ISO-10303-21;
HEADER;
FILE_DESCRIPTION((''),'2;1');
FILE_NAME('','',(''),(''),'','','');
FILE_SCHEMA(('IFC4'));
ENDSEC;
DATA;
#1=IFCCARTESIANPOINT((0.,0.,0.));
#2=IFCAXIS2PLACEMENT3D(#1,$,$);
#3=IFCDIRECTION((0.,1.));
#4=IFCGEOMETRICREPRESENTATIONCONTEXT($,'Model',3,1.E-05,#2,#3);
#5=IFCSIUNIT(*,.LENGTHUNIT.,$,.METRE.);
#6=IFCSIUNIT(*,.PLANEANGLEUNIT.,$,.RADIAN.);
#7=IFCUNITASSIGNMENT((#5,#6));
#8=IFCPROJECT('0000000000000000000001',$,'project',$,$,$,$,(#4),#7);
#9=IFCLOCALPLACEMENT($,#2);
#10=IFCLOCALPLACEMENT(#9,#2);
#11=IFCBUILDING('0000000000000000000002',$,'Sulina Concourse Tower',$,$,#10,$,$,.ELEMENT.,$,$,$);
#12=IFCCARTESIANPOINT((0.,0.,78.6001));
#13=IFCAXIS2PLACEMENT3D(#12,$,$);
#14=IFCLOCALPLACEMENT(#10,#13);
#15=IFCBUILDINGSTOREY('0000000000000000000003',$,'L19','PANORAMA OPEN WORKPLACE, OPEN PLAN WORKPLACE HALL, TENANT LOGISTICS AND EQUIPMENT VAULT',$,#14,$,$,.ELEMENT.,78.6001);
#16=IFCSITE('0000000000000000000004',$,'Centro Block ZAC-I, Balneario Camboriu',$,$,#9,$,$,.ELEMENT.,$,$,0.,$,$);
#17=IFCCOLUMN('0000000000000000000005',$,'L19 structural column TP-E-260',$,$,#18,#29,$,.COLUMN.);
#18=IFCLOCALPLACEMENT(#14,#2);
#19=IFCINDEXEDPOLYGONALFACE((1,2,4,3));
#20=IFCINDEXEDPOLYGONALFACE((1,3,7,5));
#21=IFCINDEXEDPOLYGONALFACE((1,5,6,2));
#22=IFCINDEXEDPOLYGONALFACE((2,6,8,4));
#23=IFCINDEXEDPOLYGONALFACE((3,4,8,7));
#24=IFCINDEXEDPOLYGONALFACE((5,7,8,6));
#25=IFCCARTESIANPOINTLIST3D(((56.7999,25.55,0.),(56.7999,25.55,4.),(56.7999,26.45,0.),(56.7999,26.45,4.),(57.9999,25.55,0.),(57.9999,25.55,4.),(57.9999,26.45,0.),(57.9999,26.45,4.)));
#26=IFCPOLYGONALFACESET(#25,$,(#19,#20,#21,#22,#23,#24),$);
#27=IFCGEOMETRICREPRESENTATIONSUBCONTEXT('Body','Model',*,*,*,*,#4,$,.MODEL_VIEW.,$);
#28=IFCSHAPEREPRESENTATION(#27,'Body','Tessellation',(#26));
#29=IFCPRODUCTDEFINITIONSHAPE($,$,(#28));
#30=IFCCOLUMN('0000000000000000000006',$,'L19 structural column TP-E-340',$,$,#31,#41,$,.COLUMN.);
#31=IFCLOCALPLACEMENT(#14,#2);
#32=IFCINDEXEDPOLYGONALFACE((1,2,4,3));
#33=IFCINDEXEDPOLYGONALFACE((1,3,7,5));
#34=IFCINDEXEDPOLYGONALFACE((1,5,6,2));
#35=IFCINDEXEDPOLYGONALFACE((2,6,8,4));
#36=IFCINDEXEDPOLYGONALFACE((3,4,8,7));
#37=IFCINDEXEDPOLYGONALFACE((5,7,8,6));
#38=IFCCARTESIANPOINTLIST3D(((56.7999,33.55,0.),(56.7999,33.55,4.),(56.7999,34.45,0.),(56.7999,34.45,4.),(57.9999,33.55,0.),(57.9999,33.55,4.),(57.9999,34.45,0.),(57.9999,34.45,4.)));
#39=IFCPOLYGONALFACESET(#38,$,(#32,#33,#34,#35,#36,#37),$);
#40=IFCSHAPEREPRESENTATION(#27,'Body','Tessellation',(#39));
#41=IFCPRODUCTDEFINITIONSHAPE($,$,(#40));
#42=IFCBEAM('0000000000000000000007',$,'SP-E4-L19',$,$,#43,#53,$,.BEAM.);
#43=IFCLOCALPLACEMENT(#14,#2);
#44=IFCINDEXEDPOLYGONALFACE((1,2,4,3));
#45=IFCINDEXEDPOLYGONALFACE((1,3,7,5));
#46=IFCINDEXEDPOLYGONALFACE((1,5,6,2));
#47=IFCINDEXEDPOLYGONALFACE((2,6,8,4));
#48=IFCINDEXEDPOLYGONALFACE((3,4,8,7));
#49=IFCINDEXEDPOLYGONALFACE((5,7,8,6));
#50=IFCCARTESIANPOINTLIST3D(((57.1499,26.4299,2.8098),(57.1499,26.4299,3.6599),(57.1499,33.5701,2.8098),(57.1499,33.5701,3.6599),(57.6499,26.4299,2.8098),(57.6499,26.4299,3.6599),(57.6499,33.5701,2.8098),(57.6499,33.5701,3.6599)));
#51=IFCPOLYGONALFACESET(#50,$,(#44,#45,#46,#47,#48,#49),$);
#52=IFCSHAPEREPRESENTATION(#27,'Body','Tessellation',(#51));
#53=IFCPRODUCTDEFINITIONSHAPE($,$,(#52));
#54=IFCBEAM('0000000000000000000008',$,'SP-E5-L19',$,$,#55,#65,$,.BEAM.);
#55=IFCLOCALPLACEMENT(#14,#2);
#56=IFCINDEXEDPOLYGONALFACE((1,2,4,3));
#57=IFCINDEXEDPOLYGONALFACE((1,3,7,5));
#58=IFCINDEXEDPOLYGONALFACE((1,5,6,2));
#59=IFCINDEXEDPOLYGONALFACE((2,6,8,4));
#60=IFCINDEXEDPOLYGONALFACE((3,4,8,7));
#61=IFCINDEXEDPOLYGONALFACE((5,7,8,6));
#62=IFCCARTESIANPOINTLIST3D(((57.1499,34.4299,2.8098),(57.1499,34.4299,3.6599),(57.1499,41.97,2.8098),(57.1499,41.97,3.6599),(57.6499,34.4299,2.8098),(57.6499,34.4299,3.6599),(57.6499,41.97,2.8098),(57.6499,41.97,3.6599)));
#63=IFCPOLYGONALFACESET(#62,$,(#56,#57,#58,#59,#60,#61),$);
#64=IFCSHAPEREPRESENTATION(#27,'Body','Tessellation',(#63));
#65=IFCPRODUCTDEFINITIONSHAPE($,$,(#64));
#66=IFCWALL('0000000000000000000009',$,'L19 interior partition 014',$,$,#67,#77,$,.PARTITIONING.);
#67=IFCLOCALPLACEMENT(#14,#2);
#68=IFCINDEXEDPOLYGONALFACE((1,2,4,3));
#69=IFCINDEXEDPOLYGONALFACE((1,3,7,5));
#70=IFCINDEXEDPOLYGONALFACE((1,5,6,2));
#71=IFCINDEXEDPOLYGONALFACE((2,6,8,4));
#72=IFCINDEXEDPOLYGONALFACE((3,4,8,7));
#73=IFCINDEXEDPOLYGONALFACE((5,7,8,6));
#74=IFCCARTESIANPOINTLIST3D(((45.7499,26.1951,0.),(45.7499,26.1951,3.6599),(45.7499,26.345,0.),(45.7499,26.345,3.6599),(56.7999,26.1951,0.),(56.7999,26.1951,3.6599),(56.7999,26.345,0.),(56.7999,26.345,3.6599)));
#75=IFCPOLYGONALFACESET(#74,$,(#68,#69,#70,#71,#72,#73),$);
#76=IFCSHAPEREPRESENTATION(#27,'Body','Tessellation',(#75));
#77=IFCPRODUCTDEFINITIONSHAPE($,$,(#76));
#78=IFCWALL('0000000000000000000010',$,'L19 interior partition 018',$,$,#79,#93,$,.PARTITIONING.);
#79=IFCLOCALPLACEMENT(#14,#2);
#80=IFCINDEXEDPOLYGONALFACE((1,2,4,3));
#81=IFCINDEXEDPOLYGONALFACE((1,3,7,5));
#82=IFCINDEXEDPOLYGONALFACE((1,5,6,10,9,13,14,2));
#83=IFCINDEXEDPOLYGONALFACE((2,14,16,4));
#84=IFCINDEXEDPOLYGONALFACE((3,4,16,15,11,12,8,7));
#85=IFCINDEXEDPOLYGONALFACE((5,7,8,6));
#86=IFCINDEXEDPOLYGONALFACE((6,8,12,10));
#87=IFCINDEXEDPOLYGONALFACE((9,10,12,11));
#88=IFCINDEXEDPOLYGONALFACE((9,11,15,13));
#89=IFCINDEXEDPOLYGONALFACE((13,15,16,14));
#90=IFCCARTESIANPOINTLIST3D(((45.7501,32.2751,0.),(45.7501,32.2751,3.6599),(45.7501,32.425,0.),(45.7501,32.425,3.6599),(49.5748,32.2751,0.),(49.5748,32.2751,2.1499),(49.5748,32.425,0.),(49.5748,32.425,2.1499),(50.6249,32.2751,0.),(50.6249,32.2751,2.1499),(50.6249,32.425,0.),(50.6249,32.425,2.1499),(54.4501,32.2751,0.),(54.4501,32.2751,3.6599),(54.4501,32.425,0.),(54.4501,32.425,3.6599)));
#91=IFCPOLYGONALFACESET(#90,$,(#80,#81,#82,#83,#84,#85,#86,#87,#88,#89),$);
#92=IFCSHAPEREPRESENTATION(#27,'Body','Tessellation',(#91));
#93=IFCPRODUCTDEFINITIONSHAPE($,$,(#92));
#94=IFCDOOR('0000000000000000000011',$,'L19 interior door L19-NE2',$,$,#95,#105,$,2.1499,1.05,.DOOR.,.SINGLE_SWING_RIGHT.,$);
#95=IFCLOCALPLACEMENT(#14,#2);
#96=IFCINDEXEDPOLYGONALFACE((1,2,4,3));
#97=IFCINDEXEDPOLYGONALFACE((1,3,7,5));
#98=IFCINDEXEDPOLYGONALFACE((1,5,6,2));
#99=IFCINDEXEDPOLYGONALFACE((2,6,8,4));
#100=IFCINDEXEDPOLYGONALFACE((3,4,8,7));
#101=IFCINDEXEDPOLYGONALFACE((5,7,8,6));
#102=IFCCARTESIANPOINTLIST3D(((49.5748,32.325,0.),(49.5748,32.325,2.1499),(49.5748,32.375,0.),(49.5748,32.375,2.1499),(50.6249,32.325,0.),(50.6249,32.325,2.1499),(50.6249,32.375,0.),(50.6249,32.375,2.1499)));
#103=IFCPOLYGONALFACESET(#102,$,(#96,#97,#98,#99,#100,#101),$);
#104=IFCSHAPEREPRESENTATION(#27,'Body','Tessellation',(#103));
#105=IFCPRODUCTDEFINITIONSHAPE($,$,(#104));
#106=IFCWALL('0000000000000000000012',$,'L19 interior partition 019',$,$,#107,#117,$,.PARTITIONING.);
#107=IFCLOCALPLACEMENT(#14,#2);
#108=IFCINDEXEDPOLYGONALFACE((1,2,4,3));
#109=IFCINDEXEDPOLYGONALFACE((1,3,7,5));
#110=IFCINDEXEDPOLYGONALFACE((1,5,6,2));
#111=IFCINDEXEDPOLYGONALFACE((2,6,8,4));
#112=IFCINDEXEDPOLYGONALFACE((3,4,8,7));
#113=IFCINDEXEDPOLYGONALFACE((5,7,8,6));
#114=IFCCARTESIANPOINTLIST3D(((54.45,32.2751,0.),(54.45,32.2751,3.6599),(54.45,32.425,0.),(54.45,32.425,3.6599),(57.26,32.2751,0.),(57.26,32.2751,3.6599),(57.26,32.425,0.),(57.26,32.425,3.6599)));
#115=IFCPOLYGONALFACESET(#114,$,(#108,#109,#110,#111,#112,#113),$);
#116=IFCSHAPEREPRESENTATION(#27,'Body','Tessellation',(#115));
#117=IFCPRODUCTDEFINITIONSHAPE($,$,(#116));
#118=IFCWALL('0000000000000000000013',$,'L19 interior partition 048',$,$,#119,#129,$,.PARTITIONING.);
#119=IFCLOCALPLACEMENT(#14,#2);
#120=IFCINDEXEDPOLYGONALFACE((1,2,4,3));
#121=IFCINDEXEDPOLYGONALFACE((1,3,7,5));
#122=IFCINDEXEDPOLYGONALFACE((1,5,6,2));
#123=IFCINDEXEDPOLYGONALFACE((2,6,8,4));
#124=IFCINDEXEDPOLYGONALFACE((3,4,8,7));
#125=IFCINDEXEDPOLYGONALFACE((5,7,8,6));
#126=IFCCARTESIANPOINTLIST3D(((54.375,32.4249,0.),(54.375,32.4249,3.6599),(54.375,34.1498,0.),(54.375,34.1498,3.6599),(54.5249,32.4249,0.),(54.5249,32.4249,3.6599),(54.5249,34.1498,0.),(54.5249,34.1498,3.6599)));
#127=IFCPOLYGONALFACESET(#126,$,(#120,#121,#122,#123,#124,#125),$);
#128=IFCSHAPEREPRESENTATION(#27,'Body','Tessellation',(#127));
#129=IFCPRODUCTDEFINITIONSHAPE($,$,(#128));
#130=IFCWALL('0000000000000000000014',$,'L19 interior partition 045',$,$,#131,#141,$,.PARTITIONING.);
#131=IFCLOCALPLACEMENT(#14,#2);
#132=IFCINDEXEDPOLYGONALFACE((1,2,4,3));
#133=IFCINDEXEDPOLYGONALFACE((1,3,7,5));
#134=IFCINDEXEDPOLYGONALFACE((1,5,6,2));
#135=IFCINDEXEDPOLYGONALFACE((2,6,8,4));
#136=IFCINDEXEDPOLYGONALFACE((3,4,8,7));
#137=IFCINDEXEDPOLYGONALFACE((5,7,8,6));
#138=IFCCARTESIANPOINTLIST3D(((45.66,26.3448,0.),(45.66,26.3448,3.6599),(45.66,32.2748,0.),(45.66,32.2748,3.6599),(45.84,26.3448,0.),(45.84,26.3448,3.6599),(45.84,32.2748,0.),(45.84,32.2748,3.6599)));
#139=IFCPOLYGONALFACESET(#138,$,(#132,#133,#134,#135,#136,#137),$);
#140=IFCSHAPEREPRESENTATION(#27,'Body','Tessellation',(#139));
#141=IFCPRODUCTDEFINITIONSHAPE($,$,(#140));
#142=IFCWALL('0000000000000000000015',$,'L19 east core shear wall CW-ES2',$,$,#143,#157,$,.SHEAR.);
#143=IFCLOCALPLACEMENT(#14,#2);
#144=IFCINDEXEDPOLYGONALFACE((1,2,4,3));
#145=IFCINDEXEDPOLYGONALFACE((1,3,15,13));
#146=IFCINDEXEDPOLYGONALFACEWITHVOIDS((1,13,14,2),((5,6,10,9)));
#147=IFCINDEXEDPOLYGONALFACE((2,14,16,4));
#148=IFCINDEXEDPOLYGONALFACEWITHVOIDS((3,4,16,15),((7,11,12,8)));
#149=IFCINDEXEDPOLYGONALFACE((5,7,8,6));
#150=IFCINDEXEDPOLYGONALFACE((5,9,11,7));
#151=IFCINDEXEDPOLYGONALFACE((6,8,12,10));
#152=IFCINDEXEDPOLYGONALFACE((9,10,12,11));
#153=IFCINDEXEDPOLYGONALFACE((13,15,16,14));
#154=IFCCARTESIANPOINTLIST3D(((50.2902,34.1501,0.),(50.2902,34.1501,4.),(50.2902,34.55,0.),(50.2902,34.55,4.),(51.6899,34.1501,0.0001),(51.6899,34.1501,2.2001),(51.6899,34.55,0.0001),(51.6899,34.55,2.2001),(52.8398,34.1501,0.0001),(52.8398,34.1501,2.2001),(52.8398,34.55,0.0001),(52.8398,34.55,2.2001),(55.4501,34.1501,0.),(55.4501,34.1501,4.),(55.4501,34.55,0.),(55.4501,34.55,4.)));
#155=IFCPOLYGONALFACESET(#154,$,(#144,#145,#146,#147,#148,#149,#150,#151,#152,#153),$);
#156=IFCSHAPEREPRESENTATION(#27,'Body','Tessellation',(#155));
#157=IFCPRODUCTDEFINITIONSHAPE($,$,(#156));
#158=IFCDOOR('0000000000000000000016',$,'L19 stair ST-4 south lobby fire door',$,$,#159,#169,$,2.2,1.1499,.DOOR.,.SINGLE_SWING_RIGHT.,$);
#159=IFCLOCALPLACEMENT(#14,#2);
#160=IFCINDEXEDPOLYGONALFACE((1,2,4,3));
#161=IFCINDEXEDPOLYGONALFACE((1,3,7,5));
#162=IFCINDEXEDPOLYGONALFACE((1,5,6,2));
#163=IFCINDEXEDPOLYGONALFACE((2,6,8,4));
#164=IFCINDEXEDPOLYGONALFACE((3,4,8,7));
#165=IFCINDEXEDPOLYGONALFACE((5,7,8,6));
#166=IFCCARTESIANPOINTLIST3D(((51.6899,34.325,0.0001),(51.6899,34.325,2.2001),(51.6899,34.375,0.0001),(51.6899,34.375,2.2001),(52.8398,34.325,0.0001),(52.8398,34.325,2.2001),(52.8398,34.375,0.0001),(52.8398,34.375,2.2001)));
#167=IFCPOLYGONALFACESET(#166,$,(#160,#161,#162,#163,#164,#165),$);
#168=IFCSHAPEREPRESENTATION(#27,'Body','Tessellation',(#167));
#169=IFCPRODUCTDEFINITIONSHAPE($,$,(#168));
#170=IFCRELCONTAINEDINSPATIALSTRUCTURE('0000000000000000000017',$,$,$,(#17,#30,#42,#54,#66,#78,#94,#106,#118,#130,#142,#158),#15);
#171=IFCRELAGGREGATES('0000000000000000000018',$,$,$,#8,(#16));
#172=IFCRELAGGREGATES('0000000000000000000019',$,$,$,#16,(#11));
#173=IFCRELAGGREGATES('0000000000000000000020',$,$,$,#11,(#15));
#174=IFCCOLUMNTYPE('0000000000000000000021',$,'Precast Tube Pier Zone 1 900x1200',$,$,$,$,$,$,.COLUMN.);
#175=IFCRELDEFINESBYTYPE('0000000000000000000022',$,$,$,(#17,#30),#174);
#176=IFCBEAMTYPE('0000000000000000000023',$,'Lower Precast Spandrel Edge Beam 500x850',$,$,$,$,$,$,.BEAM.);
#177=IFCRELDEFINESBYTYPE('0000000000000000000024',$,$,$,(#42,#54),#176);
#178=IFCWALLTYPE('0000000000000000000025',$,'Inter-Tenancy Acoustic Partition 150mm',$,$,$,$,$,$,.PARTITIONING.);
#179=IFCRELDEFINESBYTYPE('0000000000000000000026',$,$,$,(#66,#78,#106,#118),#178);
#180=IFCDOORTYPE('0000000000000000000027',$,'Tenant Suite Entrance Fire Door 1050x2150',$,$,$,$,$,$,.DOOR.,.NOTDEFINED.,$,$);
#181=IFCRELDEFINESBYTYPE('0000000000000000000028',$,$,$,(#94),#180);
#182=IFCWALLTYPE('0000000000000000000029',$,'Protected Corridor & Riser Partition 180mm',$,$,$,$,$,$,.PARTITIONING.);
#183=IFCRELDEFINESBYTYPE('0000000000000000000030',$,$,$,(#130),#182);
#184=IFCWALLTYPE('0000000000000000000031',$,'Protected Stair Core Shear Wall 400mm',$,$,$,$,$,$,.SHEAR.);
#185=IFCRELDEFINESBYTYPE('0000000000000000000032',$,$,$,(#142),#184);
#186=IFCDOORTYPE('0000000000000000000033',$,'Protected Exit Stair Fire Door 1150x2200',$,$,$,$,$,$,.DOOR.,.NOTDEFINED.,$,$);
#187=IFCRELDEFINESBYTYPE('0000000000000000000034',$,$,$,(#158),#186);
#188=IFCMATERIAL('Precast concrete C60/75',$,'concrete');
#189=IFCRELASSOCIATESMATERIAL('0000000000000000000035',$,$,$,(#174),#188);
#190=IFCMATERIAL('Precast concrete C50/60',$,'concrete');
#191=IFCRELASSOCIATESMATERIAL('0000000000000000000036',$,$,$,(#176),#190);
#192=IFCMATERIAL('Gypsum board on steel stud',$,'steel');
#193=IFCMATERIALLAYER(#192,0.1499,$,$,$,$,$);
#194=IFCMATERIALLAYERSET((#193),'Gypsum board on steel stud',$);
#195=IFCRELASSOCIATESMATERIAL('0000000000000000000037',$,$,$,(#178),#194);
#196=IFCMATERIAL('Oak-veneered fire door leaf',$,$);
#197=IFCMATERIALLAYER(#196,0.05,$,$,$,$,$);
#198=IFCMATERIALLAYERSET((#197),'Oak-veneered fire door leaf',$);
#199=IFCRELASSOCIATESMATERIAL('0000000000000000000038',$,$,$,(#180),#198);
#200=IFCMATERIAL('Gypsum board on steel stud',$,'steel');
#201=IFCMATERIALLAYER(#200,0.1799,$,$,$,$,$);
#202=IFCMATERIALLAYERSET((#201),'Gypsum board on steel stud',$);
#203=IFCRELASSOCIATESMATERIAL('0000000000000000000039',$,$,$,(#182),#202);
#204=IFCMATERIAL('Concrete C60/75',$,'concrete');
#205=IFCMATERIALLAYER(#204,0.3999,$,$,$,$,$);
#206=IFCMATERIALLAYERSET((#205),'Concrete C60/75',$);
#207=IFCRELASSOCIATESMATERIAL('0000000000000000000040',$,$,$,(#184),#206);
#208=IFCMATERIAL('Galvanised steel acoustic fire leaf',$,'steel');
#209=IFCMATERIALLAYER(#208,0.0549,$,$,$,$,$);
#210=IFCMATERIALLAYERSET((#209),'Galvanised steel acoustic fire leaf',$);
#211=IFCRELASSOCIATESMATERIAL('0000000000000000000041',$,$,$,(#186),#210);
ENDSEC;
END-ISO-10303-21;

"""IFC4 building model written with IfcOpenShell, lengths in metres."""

from ifc_helpers import new_model, si_unit, direction, frame, frame_2d, origin, origin_2d, place, context, subcontext, project, spatial, rectangle, extrude, material, layer, layer_set, material_profile, profile_set, type_object, element, fill, save


model = new_model("IFC4")

# Units and contexts
model_context = context("Model", 3, precision=1e-05, world=origin(), true_north=direction((0.0, 1.0)))
body_context = subcontext(model_context, "Body", "Model", "MODEL_VIEW")
ifc_project = project(units=[si_unit("LENGTHUNIT", "METRE"), si_unit("PLANEANGLEUNIT", "RADIAN")], contexts=[model_context])

# Site, building, storey
site_placement = place(None, origin())
site = spatial("IfcSite", under=ifc_project, at=site_placement, Name="Centro Block ZAC-I, Balneario Camboriu", CompositionType="ELEMENT", RefElevation=0.0)
building_placement = place(site_placement, origin())
building = spatial("IfcBuilding", under=site, at=building_placement, Name="Sulina Concourse Tower", CompositionType="ELEMENT")
storey_placement = place(building_placement, frame((0.0, 0.0, 78.6001)))
storey = spatial("IfcBuildingStorey", under=building, at=storey_placement, Name="L19", Description="PANORAMA OPEN WORKPLACE, OPEN PLAN WORKPLACE HALL, TENANT LOGISTICS AND EQUIPMENT VAULT", CompositionType="ELEMENT", Elevation=78.6001)

# Columns
ifc_material_1 = material(Name="Precast concrete C60/75", Category="concrete")
ifc_material_profile_1 = material_profile(ifc_material_1, rectangle(XDim=0.8999, YDim=1.2, at=origin_2d()), Name="PC 900x1200")
ifc_profile_set_1 = profile_set([ifc_material_profile_1], Name="Precast concrete C60/75")
column_type = type_object("IfcColumnType", Name="Precast Tube Pier Zone 1 900x1200", PredefinedType="COLUMN", material=ifc_profile_set_1)
for number, where, z_axis, x_axis, name in (
    (1, (57.3999, 26.0, 0.0), (0.0, 0.0, 1.0), (0.0, 1.0, 0.0), "L19 structural column TP-E-260"),
    (2, (57.3999, 34.0, 0.0), (0.0, 0.0, 1.0), (0.0, 1.0, 0.0), "L19 structural column TP-E-340"),
):
    element("IfcColumn", number, at=place(storey_placement, frame(where, z_axis=z_axis, x_axis=x_axis)), inside=storey, type_object=column_type, Name=name, PredefinedType="COLUMN", context=body_context, shape_type="SweptSolid", body=[
        extrude(rectangle(XDim=0.8999, YDim=1.2, at=origin_2d()), origin(), (0.0, 0.0, 1.0), 4.0),
    ])

# Beams
ifc_material_2 = material(Name="Precast concrete C50/60", Category="concrete")
ifc_material_profile_2 = material_profile(ifc_material_2, rectangle(XDim=0.5, YDim=0.8501, at=origin_2d()), Name="RC 500x850")
ifc_profile_set_2 = profile_set([ifc_material_profile_2], Name="Precast concrete C50/60")
beam_type = type_object("IfcBeamType", Name="Lower Precast Spandrel Edge Beam 500x850", PredefinedType="BEAM", material=ifc_profile_set_2)
beam_1_placement = place(storey_placement, frame((57.3999, 26.4299, 3.2349), z_axis=(0.0, 1.0, 0.0), x_axis=(-1.0, 0.0, 0.0)))
element("IfcBeam", 3, at=beam_1_placement, inside=storey, type_object=beam_type, Name="SP-E4-L19", PredefinedType="BEAM", context=body_context, shape_type="SweptSolid", body=[
    extrude(rectangle(XDim=0.5, YDim=0.8501, at=origin_2d()), origin(), (0.0, 0.0, 1.0), 7.1401),
])
beam_2_placement = place(storey_placement, frame((57.3999, 34.4299, 3.2349), z_axis=(0.0, 1.0, 0.0), x_axis=(-1.0, 0.0, 0.0)))
element("IfcBeam", 4, at=beam_2_placement, inside=storey, type_object=beam_type, Name="SP-E5-L19", PredefinedType="BEAM", context=body_context, shape_type="SweptSolid", body=[
    extrude(rectangle(XDim=0.5, YDim=0.8501, at=origin_2d()), origin(), (0.0, 0.0, 1.0), 7.54),
])

# Wall
ifc_material_3 = material(Name="Gypsum board on steel stud", Category="steel")
ifc_layer_1 = layer(ifc_material_3, 0.1499)
ifc_layer_set_1 = layer_set([ifc_layer_1], Name="Gypsum board on steel stud")
wall_type_1 = type_object("IfcWallType", Name="Inter-Tenancy Acoustic Partition 150mm", PredefinedType="PARTITIONING", material=ifc_layer_set_1)
wall_1_placement = place(storey_placement, frame((45.75, 26.27, 0.0), z_axis=(0.0, 0.0, 1.0), x_axis=(1.0, 0.0, 0.0)))
element("IfcWall", 5, at=wall_1_placement, inside=storey, type_object=wall_type_1, Name="L19 interior partition 014", PredefinedType="PARTITIONING", context=body_context, shape_type="SweptSolid", body=[
    extrude(rectangle(XDim=11.05, YDim=0.1499, at=frame_2d((5.5249, 0.0))), origin(), (0.0, 0.0, 1.0), 3.6599),
])

# Wall, opening, door
wall_2_placement = place(storey_placement, frame((45.75, 32.3501, 0.0), z_axis=(0.0, 0.0, 1.0), x_axis=(1.0, 0.0, 0.0)))
wall_2 = element("IfcWall", 6, at=wall_2_placement, inside=storey, type_object=wall_type_1, Name="L19 interior partition 018", PredefinedType="PARTITIONING", context=body_context, shape_type="SweptSolid", body=[
    extrude(rectangle(XDim=8.7, YDim=0.1499, at=frame_2d((4.3501, 0.0))), origin(), (0.0, 0.0, 1.0), 3.6599),
])
opening_1_placement = place(wall_2_placement, frame((3.825, 0.0, 0.0)))
opening_1 = element("IfcOpeningElement", 7, at=opening_1_placement, cuts=wall_2, PredefinedType="OPENING", context=body_context, shape_type="SweptSolid", body=[
    extrude(rectangle(XDim=1.05, YDim=2.1499, at=frame_2d((0.5249, 1.075))), frame((0.0, 0.085, 0.0), z_axis=(0.0, -1.0, 0.0), x_axis=(1.0, 0.0, 0.0)), (0.0, 0.0, 1.0), 0.1699),
])
ifc_material_4 = material(Name="Oak-veneered fire door leaf")
ifc_layer_2 = layer(ifc_material_4, 0.05)
ifc_layer_set_2 = layer_set([ifc_layer_2], Name="Oak-veneered fire door leaf")
door_type_1 = type_object("IfcDoorType", Name="Tenant Suite Entrance Fire Door 1050x2150", OperationType="NOTDEFINED", PredefinedType="DOOR", material=ifc_layer_set_2)
door_1_placement = place(opening_1_placement, origin())
door_1 = element("IfcDoor", 8, at=door_1_placement, inside=storey, type_object=door_type_1, Name="L19 interior door L19-NE2", OperationType="SINGLE_SWING_RIGHT", OverallHeight=2.1499, OverallWidth=1.05, PredefinedType="DOOR", context=body_context, shape_type="SweptSolid", body=[
    extrude(rectangle(XDim=1.05, YDim=2.1499, at=frame_2d((0.5249, 1.075))), frame((0.0, 0.0249, 0.0), z_axis=(0.0, -1.0, 0.0), x_axis=(1.0, 0.0, 0.0)), (0.0, 0.0, 1.0), 0.05),
])
fill(opening_1, door_1)

# Walls
wall_3_placement = place(storey_placement, frame((54.45, 32.3501, 0.0), z_axis=(0.0, 0.0, 1.0), x_axis=(1.0, 0.0, 0.0)))
element("IfcWall", 9, at=wall_3_placement, inside=storey, type_object=wall_type_1, Name="L19 interior partition 019", PredefinedType="PARTITIONING", context=body_context, shape_type="SweptSolid", body=[
    extrude(rectangle(XDim=2.8101, YDim=0.1499, at=frame_2d((1.405, 0.0))), origin(), (0.0, 0.0, 1.0), 3.6599),
])
wall_4_placement = place(storey_placement, frame((54.45, 32.425, 0.0), z_axis=(0.0, 0.0, 1.0), x_axis=(0.0, 1.0, 0.0)))
element("IfcWall", 10, at=wall_4_placement, inside=storey, type_object=wall_type_1, Name="L19 interior partition 048", PredefinedType="PARTITIONING", context=body_context, shape_type="SweptSolid", body=[
    extrude(rectangle(XDim=1.7249, YDim=0.1499, at=frame_2d((0.8623, 0.0))), origin(), (0.0, 0.0, 1.0), 3.6599),
])
ifc_material_5 = material(Name="Gypsum board on steel stud", Category="steel")
ifc_layer_3 = layer(ifc_material_5, 0.1799)
ifc_layer_set_3 = layer_set([ifc_layer_3], Name="Gypsum board on steel stud")
wall_type_2 = type_object("IfcWallType", Name="Protected Corridor & Riser Partition 180mm", PredefinedType="PARTITIONING", material=ifc_layer_set_3)
wall_5_placement = place(storey_placement, frame((45.75, 26.345, 0.0), z_axis=(0.0, 0.0, 1.0), x_axis=(0.0, 1.0, 0.0)))
element("IfcWall", 11, at=wall_5_placement, inside=storey, type_object=wall_type_2, Name="L19 interior partition 045", PredefinedType="PARTITIONING", context=body_context, shape_type="SweptSolid", body=[
    extrude(rectangle(XDim=5.9299, YDim=0.1799, at=frame_2d((2.9648, 0.0))), origin(), (0.0, 0.0, 1.0), 3.6599),
])

# Wall, opening, door
ifc_material_6 = material(Name="Concrete C60/75", Category="concrete")
ifc_layer_4 = layer(ifc_material_6, 0.3999)
ifc_layer_set_4 = layer_set([ifc_layer_4], Name="Concrete C60/75")
wall_type_3 = type_object("IfcWallType", Name="Protected Stair Core Shear Wall 400mm", PredefinedType="SHEAR", material=ifc_layer_set_4)
wall_6_placement = place(storey_placement, frame((50.29, 34.3501, 0.0), z_axis=(0.0, 0.0, 1.0), x_axis=(1.0, 0.0, 0.0)))
wall_6 = element("IfcWall", 12, at=wall_6_placement, inside=storey, type_object=wall_type_3, Name="L19 east core shear wall CW-ES2", PredefinedType="SHEAR", context=body_context, shape_type="SweptSolid", body=[
    extrude(rectangle(XDim=5.1599, YDim=0.3999, at=frame_2d((2.5801, 0.0))), origin(), (0.0, 0.0, 1.0), 4.0),
])
opening_2_placement = place(wall_6_placement, frame((1.3999, 0.0, 0.0)))
opening_2 = element("IfcOpeningElement", 13, at=opening_2_placement, cuts=wall_6, PredefinedType="OPENING", context=body_context, shape_type="SweptSolid", body=[
    extrude(rectangle(XDim=1.1499, YDim=2.2, at=frame_2d((0.575, 1.1001))), frame((0.0, 0.21, 0.0), z_axis=(0.0, -1.0, 0.0), x_axis=(1.0, 0.0, 0.0)), (0.0, 0.0, 1.0), 0.4199),
])
ifc_material_7 = material(Name="Galvanised steel acoustic fire leaf", Category="steel")
ifc_layer_5 = layer(ifc_material_7, 0.0549)
ifc_layer_set_5 = layer_set([ifc_layer_5], Name="Galvanised steel acoustic fire leaf")
door_type_2 = type_object("IfcDoorType", Name="Protected Exit Stair Fire Door 1150x2200", OperationType="NOTDEFINED", PredefinedType="DOOR", material=ifc_layer_set_5)
door_2_placement = place(opening_2_placement, origin())
door_2 = element("IfcDoor", 14, at=door_2_placement, inside=storey, type_object=door_type_2, Name="L19 stair ST-4 south lobby fire door", OperationType="SINGLE_SWING_RIGHT", OverallHeight=2.2, OverallWidth=1.1499, PredefinedType="DOOR", context=body_context, shape_type="SweptSolid", body=[
    extrude(rectangle(XDim=1.1499, YDim=2.2, at=frame_2d((0.575, 1.1001))), frame((0.0, 0.0249, 0.0), z_axis=(0.0, -1.0, 0.0), x_axis=(1.0, 0.0, 0.0)), (0.0, 0.0, 1.0), 0.05),
])
fill(opening_2, door_2)

save(model, "model.ifc")
